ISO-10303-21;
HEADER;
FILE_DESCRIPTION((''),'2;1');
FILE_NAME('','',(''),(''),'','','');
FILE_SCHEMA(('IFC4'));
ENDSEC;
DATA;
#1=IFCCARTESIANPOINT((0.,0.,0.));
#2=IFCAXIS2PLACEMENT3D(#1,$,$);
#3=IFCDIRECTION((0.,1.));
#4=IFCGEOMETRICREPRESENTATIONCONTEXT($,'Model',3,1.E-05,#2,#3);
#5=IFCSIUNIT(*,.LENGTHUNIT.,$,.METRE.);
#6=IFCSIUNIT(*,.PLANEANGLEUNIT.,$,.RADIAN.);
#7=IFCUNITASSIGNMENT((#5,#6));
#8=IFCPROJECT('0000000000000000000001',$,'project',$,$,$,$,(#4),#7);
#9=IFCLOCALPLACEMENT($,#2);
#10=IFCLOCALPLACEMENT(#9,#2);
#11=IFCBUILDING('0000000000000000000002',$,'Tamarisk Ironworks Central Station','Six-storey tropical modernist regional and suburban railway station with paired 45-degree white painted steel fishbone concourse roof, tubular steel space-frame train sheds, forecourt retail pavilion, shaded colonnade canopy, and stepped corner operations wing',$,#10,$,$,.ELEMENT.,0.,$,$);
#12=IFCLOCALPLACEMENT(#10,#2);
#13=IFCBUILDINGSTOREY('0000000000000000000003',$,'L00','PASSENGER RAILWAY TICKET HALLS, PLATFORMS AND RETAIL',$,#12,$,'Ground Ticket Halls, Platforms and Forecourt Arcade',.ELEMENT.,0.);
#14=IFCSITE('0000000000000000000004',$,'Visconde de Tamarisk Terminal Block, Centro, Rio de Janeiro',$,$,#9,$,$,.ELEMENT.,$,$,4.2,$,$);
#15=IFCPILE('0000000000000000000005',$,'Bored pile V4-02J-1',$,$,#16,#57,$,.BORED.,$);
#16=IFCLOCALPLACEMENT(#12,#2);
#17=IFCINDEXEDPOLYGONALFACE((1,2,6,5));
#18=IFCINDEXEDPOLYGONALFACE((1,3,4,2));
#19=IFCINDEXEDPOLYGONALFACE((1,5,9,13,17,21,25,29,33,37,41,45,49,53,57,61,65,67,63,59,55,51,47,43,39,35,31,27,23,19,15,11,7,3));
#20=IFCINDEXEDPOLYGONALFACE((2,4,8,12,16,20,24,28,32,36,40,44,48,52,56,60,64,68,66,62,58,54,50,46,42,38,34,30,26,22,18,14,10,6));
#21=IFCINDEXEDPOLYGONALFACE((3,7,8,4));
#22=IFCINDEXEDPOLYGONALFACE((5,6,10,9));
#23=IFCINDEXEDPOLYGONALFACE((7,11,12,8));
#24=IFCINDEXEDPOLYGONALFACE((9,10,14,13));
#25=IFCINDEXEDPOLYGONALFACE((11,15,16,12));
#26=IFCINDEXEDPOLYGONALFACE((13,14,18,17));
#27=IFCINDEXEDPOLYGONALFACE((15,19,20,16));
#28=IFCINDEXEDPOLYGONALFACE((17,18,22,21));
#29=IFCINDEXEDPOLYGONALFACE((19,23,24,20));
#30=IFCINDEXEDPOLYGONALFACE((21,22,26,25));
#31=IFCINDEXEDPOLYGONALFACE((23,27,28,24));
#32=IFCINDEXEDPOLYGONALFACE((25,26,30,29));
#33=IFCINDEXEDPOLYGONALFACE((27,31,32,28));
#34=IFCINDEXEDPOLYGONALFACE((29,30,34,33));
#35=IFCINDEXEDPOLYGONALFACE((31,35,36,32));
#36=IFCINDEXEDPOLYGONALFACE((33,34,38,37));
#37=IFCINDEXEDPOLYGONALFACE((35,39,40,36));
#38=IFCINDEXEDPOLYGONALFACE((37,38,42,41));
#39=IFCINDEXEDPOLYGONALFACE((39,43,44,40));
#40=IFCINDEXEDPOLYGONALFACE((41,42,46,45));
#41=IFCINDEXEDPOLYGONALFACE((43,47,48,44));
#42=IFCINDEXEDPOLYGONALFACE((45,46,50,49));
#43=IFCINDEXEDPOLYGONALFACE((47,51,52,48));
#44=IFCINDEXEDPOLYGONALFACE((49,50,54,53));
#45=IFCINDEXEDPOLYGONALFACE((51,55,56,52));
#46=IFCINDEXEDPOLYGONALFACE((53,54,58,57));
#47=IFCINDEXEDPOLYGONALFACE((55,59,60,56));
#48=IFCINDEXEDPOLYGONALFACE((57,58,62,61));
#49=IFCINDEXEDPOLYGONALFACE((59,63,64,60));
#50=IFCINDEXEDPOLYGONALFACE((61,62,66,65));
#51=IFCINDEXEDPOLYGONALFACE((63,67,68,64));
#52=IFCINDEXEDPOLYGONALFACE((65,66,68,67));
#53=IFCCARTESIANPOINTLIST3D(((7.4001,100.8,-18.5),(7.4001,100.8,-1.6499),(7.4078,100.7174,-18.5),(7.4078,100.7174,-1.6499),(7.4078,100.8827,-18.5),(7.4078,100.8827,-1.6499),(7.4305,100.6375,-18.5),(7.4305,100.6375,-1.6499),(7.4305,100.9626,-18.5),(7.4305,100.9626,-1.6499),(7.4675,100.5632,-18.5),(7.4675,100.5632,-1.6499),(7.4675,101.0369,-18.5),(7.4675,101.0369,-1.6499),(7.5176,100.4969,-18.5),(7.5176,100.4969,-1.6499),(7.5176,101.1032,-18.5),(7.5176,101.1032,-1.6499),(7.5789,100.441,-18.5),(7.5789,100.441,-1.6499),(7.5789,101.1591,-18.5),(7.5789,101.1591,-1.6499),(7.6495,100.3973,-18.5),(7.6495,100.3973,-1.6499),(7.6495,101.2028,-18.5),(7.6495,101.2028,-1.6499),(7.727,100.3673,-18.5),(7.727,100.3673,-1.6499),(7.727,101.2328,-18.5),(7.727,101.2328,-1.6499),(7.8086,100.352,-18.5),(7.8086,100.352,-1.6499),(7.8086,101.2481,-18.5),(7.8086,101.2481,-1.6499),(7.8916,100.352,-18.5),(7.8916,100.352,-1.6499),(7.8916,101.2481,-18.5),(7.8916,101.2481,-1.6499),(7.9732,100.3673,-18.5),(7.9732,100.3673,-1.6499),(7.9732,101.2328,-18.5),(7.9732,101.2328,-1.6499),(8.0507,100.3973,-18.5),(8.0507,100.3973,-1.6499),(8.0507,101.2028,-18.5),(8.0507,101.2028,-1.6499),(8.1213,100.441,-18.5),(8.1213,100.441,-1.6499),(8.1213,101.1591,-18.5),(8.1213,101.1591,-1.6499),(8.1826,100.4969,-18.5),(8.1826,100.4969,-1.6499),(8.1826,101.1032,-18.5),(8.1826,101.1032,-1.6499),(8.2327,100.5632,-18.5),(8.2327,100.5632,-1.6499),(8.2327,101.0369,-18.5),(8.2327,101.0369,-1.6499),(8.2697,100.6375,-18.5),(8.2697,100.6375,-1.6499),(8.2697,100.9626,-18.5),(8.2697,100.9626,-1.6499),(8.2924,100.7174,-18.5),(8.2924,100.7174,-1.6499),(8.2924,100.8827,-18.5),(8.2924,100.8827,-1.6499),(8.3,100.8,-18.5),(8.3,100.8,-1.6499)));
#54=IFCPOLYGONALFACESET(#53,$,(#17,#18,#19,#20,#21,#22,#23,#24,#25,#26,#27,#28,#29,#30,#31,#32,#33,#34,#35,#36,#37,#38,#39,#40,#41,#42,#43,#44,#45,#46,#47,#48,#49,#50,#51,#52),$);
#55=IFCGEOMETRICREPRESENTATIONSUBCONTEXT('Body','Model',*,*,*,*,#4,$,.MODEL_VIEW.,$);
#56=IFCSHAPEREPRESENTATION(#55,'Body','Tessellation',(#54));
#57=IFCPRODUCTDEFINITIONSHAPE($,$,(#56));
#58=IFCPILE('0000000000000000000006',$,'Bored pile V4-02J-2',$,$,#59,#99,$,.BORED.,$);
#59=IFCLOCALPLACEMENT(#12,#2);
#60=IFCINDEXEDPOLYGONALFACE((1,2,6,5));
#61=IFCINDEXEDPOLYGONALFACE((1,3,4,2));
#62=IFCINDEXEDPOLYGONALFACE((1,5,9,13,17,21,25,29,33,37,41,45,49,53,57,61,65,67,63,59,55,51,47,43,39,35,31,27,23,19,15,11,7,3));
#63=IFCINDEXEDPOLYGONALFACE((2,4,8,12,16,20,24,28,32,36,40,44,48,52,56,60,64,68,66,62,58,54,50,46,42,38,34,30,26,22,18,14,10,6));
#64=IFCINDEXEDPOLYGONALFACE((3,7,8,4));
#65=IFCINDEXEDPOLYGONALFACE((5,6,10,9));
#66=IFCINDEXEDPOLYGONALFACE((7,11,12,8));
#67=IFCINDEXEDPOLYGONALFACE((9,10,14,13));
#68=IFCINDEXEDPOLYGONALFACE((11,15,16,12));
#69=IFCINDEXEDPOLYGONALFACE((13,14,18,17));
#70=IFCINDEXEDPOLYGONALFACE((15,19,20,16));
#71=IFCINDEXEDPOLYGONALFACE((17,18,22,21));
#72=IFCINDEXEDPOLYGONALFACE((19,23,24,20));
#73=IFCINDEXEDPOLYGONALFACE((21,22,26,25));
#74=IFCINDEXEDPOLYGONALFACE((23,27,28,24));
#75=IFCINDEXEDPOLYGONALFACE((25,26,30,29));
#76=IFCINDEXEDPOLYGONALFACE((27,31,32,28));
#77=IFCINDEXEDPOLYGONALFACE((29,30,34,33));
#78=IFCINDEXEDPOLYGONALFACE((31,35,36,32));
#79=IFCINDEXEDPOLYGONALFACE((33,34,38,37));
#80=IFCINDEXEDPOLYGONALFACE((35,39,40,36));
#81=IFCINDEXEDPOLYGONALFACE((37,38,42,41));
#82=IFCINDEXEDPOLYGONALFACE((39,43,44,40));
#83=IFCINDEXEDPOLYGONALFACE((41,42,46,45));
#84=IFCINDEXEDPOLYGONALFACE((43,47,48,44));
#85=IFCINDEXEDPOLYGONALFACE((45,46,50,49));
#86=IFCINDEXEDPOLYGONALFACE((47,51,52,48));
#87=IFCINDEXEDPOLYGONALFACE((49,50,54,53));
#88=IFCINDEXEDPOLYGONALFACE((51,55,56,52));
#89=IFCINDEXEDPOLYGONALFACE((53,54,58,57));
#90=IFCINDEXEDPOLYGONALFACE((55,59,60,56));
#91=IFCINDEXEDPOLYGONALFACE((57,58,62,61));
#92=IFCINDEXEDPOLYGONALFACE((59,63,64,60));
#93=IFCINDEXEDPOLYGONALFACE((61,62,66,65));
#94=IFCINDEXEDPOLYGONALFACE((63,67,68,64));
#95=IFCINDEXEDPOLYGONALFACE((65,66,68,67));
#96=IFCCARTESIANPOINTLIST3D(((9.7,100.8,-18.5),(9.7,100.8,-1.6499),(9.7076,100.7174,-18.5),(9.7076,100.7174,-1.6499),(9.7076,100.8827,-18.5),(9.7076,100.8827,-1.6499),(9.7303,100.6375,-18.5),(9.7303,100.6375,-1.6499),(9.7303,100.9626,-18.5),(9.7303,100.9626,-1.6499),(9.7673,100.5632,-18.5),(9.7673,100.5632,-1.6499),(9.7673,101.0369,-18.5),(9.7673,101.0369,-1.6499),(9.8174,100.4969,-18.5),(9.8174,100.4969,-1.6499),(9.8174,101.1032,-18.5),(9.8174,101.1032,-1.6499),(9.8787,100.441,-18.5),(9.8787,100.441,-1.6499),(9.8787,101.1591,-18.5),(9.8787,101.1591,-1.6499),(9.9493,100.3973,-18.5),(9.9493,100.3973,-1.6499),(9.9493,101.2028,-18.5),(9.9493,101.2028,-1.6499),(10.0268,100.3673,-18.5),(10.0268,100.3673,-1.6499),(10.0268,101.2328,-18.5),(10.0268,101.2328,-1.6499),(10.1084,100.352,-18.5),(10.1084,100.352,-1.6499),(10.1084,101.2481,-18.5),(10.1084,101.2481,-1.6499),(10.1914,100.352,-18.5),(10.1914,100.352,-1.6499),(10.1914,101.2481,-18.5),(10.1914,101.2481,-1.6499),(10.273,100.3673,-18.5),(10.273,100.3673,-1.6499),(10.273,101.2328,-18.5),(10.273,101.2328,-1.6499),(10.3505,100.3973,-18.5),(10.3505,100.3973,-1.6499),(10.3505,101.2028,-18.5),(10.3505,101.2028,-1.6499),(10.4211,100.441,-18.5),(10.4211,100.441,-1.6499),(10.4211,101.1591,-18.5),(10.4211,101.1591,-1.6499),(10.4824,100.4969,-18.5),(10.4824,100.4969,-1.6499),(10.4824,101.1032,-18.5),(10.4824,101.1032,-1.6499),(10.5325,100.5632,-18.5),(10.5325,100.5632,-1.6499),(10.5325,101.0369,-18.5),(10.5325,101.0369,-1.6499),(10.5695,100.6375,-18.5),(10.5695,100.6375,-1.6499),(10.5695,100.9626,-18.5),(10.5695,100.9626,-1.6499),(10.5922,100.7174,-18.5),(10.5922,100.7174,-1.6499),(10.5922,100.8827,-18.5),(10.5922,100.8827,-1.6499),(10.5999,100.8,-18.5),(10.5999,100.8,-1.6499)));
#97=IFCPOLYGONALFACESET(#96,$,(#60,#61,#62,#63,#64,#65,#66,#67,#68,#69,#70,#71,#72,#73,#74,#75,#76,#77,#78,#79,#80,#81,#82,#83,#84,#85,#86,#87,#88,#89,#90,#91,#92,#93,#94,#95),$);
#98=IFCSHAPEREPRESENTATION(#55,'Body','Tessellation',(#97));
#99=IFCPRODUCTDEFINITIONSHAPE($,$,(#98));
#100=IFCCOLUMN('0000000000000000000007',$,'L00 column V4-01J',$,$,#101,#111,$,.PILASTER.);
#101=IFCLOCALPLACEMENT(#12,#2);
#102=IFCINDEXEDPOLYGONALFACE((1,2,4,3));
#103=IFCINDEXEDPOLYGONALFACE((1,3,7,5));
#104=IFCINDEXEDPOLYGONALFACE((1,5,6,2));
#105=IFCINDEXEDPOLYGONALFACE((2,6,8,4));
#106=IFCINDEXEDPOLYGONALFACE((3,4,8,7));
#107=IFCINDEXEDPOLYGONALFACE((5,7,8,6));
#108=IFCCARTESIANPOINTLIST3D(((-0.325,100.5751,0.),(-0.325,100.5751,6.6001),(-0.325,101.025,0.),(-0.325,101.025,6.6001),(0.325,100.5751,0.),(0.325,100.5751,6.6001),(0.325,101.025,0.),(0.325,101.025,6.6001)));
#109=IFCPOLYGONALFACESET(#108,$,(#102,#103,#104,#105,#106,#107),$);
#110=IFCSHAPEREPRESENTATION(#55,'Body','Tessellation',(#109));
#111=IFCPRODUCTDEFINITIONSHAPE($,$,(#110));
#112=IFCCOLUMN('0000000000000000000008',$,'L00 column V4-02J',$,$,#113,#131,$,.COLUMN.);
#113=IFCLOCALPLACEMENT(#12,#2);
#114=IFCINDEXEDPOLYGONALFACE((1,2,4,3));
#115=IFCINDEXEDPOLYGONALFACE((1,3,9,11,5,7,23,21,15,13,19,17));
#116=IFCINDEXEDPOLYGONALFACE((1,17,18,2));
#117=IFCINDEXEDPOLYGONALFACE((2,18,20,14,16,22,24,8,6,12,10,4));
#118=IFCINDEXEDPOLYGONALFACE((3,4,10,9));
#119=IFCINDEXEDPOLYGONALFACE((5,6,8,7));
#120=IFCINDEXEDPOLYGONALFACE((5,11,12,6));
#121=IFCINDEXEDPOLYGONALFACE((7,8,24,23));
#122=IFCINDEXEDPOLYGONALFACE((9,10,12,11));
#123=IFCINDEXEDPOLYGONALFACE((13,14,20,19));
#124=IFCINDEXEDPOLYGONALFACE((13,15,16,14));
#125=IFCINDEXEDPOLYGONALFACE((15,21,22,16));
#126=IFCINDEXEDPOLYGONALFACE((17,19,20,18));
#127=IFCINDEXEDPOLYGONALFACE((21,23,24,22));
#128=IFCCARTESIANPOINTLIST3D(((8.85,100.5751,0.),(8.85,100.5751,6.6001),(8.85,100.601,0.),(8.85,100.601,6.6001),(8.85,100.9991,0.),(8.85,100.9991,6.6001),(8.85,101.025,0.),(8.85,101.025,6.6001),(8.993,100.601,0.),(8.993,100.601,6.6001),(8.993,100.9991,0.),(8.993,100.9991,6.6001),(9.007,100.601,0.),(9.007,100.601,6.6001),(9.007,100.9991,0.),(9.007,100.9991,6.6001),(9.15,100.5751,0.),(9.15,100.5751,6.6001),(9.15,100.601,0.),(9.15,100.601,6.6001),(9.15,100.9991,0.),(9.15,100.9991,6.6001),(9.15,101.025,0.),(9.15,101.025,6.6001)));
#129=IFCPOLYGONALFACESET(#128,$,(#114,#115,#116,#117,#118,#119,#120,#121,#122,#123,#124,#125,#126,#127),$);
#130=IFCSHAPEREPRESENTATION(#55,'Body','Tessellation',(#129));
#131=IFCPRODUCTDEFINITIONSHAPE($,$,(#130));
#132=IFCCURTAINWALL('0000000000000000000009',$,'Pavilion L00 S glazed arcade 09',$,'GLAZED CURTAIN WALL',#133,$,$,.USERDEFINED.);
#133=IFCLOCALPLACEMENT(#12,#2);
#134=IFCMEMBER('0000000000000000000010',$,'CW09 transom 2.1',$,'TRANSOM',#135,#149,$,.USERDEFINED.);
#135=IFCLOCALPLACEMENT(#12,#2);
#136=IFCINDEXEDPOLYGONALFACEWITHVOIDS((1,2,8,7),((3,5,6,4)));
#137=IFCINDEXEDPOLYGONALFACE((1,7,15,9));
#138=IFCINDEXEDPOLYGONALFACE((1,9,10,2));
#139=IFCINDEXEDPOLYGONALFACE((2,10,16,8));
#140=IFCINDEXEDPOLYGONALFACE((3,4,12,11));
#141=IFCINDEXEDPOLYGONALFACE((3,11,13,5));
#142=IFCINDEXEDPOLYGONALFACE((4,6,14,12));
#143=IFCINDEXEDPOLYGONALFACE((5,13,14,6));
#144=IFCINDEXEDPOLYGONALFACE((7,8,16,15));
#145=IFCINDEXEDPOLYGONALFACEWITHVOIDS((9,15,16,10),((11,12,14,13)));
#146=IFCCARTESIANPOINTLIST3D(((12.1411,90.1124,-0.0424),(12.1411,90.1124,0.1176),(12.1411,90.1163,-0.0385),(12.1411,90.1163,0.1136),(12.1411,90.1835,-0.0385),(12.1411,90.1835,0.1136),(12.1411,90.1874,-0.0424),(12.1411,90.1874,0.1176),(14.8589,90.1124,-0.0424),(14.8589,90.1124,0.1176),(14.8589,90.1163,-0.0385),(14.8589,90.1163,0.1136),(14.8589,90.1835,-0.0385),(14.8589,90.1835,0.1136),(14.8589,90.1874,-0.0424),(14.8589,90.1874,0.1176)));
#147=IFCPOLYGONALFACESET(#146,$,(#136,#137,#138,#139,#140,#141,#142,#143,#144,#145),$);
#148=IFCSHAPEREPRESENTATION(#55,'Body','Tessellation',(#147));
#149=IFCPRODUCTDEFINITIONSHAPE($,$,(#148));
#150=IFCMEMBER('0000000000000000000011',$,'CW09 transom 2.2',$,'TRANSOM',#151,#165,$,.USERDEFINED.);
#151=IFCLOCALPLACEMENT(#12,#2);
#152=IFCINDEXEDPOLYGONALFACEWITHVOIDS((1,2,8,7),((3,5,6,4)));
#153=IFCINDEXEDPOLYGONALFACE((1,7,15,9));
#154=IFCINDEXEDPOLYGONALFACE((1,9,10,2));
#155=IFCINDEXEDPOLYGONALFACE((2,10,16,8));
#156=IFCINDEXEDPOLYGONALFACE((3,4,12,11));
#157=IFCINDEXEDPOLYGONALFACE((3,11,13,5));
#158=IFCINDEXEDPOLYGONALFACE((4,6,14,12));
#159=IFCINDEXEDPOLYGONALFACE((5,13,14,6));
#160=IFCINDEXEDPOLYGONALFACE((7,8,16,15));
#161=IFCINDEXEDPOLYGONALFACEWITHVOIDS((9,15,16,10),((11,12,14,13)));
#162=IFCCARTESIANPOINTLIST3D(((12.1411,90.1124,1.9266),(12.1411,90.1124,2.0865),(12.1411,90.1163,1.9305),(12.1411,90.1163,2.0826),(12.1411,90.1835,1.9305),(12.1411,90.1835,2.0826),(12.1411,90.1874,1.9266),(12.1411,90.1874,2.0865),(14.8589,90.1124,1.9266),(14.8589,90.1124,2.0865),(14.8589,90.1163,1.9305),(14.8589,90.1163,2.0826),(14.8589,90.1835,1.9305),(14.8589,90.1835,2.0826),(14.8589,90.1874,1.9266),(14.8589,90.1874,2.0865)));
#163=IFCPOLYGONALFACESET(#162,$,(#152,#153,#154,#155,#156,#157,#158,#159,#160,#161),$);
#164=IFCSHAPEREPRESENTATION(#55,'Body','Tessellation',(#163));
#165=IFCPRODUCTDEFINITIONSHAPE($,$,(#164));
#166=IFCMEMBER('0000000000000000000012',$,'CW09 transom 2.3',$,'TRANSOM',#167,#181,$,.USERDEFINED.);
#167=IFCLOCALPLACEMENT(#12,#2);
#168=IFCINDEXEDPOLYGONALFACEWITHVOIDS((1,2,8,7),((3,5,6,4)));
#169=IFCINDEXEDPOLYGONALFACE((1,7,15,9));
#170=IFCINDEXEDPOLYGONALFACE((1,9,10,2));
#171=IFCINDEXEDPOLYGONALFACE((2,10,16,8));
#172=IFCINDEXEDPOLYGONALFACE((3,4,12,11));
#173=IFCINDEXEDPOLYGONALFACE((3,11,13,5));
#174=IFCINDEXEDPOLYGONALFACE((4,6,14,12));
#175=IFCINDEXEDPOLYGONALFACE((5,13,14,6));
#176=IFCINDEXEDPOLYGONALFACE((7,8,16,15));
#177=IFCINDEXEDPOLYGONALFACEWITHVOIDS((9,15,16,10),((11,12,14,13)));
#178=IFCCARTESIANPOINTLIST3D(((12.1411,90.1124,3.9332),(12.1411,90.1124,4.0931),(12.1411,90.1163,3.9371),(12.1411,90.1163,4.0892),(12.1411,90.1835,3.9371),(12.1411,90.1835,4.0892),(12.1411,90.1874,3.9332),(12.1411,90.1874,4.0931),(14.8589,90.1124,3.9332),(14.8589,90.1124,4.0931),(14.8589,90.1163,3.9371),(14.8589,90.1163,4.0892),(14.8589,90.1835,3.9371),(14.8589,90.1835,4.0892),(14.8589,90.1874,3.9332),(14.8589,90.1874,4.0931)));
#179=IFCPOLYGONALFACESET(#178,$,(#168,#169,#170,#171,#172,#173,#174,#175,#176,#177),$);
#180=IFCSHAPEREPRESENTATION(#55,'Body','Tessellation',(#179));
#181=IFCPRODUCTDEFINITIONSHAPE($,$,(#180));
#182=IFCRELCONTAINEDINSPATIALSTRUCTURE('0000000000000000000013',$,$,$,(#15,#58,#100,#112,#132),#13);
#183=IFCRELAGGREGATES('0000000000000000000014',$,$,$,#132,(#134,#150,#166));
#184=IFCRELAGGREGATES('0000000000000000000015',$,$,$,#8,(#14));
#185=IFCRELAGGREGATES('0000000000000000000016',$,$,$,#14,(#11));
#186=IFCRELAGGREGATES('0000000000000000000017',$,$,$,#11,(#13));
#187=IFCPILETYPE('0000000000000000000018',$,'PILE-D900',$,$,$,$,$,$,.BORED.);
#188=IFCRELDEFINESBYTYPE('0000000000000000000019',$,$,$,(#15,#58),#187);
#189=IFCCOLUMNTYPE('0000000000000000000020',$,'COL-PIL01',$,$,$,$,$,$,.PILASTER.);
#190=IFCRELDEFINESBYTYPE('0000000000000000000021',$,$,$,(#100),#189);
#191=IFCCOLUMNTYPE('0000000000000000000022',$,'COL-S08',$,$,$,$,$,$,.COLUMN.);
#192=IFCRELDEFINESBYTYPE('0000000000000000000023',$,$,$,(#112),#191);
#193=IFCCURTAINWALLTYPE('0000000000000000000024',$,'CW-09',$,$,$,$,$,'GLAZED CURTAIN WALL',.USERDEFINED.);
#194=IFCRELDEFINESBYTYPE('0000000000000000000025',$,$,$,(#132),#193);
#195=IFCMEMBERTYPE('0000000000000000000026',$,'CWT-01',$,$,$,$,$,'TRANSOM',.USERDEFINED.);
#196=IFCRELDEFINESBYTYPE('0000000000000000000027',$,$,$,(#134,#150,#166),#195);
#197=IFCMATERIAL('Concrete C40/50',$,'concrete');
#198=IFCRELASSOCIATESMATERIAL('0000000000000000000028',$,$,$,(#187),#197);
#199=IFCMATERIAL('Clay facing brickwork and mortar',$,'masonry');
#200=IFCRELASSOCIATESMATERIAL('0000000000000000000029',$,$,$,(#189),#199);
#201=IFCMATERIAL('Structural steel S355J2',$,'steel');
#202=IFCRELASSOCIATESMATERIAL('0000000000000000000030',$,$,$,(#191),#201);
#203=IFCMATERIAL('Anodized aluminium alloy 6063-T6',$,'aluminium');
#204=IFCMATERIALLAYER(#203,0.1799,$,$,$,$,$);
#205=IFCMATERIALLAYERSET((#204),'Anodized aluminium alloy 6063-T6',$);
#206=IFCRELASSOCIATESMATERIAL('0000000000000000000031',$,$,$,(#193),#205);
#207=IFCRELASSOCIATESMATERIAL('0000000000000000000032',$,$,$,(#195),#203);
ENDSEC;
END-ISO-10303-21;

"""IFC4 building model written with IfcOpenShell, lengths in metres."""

from ifc_helpers import new_model, si_unit, direction, frame, origin, origin_2d, place, context, subcontext, project, spatial, rectangle, hollow_rectangle, circle, i_section, extrude, material, layer, layer_set, material_profile, profile_set, type_object, element, aggregate, save


model = new_model("IFC4")

# Units and contexts
model_context = context("Model", 3, precision=1e-05, world=origin(), true_north=direction((0.0, 1.0)))
body_context = subcontext(model_context, "Body", "Model", "MODEL_VIEW")
ifc_project = project(units=[si_unit("LENGTHUNIT", "METRE"), si_unit("PLANEANGLEUNIT", "RADIAN")], contexts=[model_context])

# Site, building, storey
site_placement = place(None, origin())
site = spatial("IfcSite", under=ifc_project, at=site_placement, Name="Visconde de Tamarisk Terminal Block, Centro, Rio de Janeiro", CompositionType="ELEMENT", RefElevation=4.2)
building_placement = place(site_placement, origin())
building = spatial("IfcBuilding", under=site, at=building_placement, Name="Tamarisk Ironworks Central Station", Description="Six-storey tropical modernist regional and suburban railway station with paired 45-degree white painted steel fishbone concourse roof, tubular steel space-frame train sheds, forecourt retail pavilion, shaded colonnade canopy, and stepped corner operations wing", CompositionType="ELEMENT", ElevationOfRefHeight=0.0)
storey_placement = place(building_placement, origin())
storey = spatial("IfcBuildingStorey", under=building, at=storey_placement, Name="L00", Description="PASSENGER RAILWAY TICKET HALLS, PLATFORMS AND RETAIL", LongName="Ground Ticket Halls, Platforms and Forecourt Arcade", CompositionType="ELEMENT", Elevation=0.0)

# Shared definitions
ifc_material_1 = material(Name="Concrete C40/50", Category="concrete")

# Piles
ifc_material_profile_1 = material_profile(ifc_material_1, circle(Radius=0.45, at=origin_2d()), Name="BORED PILE D900")
ifc_profile_set_1 = profile_set([ifc_material_profile_1], Name="Concrete C40/50")
pile_type_1 = type_object("IfcPileType", Name="PILE-D900", PredefinedType="BORED", material=ifc_profile_set_1)
for number, where, z_axis, x_axis, name in (
    (1, (7.8501, 100.8, -1.6499), (0.0, 0.0, -1.0), (1.0, 0.0, 0.0), "Bored pile V4-02J-1"),
    (2, (10.1499, 100.8, -1.6499), (0.0, 0.0, -1.0), (1.0, 0.0, 0.0), "Bored pile V4-02J-2"),
):
    element("IfcPile", number, at=place(storey_placement, frame(where, z_axis=z_axis, x_axis=x_axis)), inside=storey, type_object=pile_type_1, Name=name, PredefinedType="BORED", context=body_context, shape_type="SweptSolid", body=[
        extrude(circle(Radius=0.45, at=origin_2d()), origin(), (0.0, 0.0, 1.0), 16.8501),
    ])

# Columns
ifc_material_2 = material(Name="Clay facing brickwork and mortar", Category="masonry")
ifc_material_profile_2 = material_profile(ifc_material_2, rectangle(XDim=0.6499, YDim=0.45, at=origin_2d()), Name="PIL 650x450")
ifc_profile_set_2 = profile_set([ifc_material_profile_2], Name="Clay facing brickwork and mortar")
column_type_1 = type_object("IfcColumnType", Name="COL-PIL01", PredefinedType="PILASTER", material=ifc_profile_set_2)
column_1_placement = place(storey_placement, frame((0.0, 100.8, 0.0), z_axis=(0.0, 0.0, 1.0), x_axis=(1.0, 0.0, 0.0)))
element("IfcColumn", 3, at=column_1_placement, inside=storey, type_object=column_type_1, Name="L00 column V4-01J", PredefinedType="PILASTER", context=body_context, shape_type="SweptSolid", body=[
    extrude(rectangle(XDim=0.6499, YDim=0.45, at=origin_2d()), origin(), (0.0, 0.0, 1.0), 6.6001),
])
ifc_material_3 = material(Name="Structural steel S355J2", Category="steel")
ifc_material_profile_3 = material_profile(ifc_material_3, i_section(OverallWidth=0.3, OverallDepth=0.45, WebThickness=0.0139, FlangeThickness=0.0259, at=origin_2d()), Name="HEB 450")
ifc_profile_set_3 = profile_set([ifc_material_profile_3], Name="Structural steel S355J2")
column_type_2 = type_object("IfcColumnType", Name="COL-S08", PredefinedType="COLUMN", material=ifc_profile_set_3)
column_2_placement = place(storey_placement, frame((9.0, 100.8, 0.0), z_axis=(0.0, 0.0, 1.0), x_axis=(1.0, 0.0, 0.0)))
element("IfcColumn", 4, at=column_2_placement, inside=storey, type_object=column_type_2, Name="L00 column V4-02J", PredefinedType="COLUMN", context=body_context, shape_type="SweptSolid", body=[
    extrude(i_section(OverallWidth=0.3, OverallDepth=0.45, WebThickness=0.0139, FlangeThickness=0.0259, at=origin_2d()), origin(), (0.0, 0.0, 1.0), 6.6001),
])

# Curtain wall, members
ifc_material_4 = material(Name="Anodized aluminium alloy 6063-T6", Category="aluminium")
ifc_layer_1 = layer(ifc_material_4, 0.1799)
ifc_layer_set_1 = layer_set([ifc_layer_1], Name="Anodized aluminium alloy 6063-T6")
curtain_wall_type = type_object("IfcCurtainWallType", Name="CW-09", ElementType="GLAZED CURTAIN WALL", PredefinedType="USERDEFINED", material=ifc_layer_set_1)
curtain_wall_placement = place(storey_placement, origin())
curtain_wall = element("IfcCurtainWall", 5, at=curtain_wall_placement, inside=storey, type_object=curtain_wall_type, Name="Pavilion L00 S glazed arcade 09", ObjectType="GLAZED CURTAIN WALL", PredefinedType="USERDEFINED")
ifc_material_profile_4 = material_profile(ifc_material_4, hollow_rectangle(XDim=0.075, YDim=0.1599, WallThickness=0.0039, at=origin_2d()), Name="ALUM 160x75")
ifc_profile_set_4 = profile_set([ifc_material_profile_4], Name="Anodized aluminium alloy 6063-T6")
member_type = type_object("IfcMemberType", Name="CWT-01", ElementType="TRANSOM", PredefinedType="USERDEFINED", material=ifc_profile_set_4)
member_1_placement = place(storey_placement, frame((12.1411, 90.1499, 0.0376), z_axis=(1.0, 0.0, 0.0), x_axis=(0.0, 1.0, 0.0)))
member_1 = element("IfcMember", 6, at=member_1_placement, type_object=member_type, Name="CW09 transom 2.1", ObjectType="TRANSOM", PredefinedType="USERDEFINED", context=body_context, shape_type="SweptSolid", body=[
    extrude(hollow_rectangle(XDim=0.075, YDim=0.1599, WallThickness=0.0039, at=origin_2d()), origin(), (0.0, 0.0, 1.0), 2.7178),
])
member_2_placement = place(storey_placement, frame((12.1411, 90.1499, 2.0066), z_axis=(1.0, 0.0, 0.0), x_axis=(0.0, 1.0, 0.0)))
member_2 = element("IfcMember", 7, at=member_2_placement, type_object=member_type, Name="CW09 transom 2.2", ObjectType="TRANSOM", PredefinedType="USERDEFINED", context=body_context, shape_type="SweptSolid", body=[
    extrude(hollow_rectangle(XDim=0.075, YDim=0.1599, WallThickness=0.0039, at=origin_2d()), origin(), (0.0, 0.0, 1.0), 2.7178),
])
member_3_placement = place(storey_placement, frame((12.1411, 90.1499, 4.0132), z_axis=(1.0, 0.0, 0.0), x_axis=(0.0, 1.0, 0.0)))
member_3 = element("IfcMember", 8, at=member_3_placement, type_object=member_type, Name="CW09 transom 2.3", ObjectType="TRANSOM", PredefinedType="USERDEFINED", context=body_context, shape_type="SweptSolid", body=[
    extrude(hollow_rectangle(XDim=0.075, YDim=0.1599, WallThickness=0.0039, at=origin_2d()), origin(), (0.0, 0.0, 1.0), 2.7178),
])
aggregate(curtain_wall, [member_1, member_2, member_3])

save(model, "model.ifc")
